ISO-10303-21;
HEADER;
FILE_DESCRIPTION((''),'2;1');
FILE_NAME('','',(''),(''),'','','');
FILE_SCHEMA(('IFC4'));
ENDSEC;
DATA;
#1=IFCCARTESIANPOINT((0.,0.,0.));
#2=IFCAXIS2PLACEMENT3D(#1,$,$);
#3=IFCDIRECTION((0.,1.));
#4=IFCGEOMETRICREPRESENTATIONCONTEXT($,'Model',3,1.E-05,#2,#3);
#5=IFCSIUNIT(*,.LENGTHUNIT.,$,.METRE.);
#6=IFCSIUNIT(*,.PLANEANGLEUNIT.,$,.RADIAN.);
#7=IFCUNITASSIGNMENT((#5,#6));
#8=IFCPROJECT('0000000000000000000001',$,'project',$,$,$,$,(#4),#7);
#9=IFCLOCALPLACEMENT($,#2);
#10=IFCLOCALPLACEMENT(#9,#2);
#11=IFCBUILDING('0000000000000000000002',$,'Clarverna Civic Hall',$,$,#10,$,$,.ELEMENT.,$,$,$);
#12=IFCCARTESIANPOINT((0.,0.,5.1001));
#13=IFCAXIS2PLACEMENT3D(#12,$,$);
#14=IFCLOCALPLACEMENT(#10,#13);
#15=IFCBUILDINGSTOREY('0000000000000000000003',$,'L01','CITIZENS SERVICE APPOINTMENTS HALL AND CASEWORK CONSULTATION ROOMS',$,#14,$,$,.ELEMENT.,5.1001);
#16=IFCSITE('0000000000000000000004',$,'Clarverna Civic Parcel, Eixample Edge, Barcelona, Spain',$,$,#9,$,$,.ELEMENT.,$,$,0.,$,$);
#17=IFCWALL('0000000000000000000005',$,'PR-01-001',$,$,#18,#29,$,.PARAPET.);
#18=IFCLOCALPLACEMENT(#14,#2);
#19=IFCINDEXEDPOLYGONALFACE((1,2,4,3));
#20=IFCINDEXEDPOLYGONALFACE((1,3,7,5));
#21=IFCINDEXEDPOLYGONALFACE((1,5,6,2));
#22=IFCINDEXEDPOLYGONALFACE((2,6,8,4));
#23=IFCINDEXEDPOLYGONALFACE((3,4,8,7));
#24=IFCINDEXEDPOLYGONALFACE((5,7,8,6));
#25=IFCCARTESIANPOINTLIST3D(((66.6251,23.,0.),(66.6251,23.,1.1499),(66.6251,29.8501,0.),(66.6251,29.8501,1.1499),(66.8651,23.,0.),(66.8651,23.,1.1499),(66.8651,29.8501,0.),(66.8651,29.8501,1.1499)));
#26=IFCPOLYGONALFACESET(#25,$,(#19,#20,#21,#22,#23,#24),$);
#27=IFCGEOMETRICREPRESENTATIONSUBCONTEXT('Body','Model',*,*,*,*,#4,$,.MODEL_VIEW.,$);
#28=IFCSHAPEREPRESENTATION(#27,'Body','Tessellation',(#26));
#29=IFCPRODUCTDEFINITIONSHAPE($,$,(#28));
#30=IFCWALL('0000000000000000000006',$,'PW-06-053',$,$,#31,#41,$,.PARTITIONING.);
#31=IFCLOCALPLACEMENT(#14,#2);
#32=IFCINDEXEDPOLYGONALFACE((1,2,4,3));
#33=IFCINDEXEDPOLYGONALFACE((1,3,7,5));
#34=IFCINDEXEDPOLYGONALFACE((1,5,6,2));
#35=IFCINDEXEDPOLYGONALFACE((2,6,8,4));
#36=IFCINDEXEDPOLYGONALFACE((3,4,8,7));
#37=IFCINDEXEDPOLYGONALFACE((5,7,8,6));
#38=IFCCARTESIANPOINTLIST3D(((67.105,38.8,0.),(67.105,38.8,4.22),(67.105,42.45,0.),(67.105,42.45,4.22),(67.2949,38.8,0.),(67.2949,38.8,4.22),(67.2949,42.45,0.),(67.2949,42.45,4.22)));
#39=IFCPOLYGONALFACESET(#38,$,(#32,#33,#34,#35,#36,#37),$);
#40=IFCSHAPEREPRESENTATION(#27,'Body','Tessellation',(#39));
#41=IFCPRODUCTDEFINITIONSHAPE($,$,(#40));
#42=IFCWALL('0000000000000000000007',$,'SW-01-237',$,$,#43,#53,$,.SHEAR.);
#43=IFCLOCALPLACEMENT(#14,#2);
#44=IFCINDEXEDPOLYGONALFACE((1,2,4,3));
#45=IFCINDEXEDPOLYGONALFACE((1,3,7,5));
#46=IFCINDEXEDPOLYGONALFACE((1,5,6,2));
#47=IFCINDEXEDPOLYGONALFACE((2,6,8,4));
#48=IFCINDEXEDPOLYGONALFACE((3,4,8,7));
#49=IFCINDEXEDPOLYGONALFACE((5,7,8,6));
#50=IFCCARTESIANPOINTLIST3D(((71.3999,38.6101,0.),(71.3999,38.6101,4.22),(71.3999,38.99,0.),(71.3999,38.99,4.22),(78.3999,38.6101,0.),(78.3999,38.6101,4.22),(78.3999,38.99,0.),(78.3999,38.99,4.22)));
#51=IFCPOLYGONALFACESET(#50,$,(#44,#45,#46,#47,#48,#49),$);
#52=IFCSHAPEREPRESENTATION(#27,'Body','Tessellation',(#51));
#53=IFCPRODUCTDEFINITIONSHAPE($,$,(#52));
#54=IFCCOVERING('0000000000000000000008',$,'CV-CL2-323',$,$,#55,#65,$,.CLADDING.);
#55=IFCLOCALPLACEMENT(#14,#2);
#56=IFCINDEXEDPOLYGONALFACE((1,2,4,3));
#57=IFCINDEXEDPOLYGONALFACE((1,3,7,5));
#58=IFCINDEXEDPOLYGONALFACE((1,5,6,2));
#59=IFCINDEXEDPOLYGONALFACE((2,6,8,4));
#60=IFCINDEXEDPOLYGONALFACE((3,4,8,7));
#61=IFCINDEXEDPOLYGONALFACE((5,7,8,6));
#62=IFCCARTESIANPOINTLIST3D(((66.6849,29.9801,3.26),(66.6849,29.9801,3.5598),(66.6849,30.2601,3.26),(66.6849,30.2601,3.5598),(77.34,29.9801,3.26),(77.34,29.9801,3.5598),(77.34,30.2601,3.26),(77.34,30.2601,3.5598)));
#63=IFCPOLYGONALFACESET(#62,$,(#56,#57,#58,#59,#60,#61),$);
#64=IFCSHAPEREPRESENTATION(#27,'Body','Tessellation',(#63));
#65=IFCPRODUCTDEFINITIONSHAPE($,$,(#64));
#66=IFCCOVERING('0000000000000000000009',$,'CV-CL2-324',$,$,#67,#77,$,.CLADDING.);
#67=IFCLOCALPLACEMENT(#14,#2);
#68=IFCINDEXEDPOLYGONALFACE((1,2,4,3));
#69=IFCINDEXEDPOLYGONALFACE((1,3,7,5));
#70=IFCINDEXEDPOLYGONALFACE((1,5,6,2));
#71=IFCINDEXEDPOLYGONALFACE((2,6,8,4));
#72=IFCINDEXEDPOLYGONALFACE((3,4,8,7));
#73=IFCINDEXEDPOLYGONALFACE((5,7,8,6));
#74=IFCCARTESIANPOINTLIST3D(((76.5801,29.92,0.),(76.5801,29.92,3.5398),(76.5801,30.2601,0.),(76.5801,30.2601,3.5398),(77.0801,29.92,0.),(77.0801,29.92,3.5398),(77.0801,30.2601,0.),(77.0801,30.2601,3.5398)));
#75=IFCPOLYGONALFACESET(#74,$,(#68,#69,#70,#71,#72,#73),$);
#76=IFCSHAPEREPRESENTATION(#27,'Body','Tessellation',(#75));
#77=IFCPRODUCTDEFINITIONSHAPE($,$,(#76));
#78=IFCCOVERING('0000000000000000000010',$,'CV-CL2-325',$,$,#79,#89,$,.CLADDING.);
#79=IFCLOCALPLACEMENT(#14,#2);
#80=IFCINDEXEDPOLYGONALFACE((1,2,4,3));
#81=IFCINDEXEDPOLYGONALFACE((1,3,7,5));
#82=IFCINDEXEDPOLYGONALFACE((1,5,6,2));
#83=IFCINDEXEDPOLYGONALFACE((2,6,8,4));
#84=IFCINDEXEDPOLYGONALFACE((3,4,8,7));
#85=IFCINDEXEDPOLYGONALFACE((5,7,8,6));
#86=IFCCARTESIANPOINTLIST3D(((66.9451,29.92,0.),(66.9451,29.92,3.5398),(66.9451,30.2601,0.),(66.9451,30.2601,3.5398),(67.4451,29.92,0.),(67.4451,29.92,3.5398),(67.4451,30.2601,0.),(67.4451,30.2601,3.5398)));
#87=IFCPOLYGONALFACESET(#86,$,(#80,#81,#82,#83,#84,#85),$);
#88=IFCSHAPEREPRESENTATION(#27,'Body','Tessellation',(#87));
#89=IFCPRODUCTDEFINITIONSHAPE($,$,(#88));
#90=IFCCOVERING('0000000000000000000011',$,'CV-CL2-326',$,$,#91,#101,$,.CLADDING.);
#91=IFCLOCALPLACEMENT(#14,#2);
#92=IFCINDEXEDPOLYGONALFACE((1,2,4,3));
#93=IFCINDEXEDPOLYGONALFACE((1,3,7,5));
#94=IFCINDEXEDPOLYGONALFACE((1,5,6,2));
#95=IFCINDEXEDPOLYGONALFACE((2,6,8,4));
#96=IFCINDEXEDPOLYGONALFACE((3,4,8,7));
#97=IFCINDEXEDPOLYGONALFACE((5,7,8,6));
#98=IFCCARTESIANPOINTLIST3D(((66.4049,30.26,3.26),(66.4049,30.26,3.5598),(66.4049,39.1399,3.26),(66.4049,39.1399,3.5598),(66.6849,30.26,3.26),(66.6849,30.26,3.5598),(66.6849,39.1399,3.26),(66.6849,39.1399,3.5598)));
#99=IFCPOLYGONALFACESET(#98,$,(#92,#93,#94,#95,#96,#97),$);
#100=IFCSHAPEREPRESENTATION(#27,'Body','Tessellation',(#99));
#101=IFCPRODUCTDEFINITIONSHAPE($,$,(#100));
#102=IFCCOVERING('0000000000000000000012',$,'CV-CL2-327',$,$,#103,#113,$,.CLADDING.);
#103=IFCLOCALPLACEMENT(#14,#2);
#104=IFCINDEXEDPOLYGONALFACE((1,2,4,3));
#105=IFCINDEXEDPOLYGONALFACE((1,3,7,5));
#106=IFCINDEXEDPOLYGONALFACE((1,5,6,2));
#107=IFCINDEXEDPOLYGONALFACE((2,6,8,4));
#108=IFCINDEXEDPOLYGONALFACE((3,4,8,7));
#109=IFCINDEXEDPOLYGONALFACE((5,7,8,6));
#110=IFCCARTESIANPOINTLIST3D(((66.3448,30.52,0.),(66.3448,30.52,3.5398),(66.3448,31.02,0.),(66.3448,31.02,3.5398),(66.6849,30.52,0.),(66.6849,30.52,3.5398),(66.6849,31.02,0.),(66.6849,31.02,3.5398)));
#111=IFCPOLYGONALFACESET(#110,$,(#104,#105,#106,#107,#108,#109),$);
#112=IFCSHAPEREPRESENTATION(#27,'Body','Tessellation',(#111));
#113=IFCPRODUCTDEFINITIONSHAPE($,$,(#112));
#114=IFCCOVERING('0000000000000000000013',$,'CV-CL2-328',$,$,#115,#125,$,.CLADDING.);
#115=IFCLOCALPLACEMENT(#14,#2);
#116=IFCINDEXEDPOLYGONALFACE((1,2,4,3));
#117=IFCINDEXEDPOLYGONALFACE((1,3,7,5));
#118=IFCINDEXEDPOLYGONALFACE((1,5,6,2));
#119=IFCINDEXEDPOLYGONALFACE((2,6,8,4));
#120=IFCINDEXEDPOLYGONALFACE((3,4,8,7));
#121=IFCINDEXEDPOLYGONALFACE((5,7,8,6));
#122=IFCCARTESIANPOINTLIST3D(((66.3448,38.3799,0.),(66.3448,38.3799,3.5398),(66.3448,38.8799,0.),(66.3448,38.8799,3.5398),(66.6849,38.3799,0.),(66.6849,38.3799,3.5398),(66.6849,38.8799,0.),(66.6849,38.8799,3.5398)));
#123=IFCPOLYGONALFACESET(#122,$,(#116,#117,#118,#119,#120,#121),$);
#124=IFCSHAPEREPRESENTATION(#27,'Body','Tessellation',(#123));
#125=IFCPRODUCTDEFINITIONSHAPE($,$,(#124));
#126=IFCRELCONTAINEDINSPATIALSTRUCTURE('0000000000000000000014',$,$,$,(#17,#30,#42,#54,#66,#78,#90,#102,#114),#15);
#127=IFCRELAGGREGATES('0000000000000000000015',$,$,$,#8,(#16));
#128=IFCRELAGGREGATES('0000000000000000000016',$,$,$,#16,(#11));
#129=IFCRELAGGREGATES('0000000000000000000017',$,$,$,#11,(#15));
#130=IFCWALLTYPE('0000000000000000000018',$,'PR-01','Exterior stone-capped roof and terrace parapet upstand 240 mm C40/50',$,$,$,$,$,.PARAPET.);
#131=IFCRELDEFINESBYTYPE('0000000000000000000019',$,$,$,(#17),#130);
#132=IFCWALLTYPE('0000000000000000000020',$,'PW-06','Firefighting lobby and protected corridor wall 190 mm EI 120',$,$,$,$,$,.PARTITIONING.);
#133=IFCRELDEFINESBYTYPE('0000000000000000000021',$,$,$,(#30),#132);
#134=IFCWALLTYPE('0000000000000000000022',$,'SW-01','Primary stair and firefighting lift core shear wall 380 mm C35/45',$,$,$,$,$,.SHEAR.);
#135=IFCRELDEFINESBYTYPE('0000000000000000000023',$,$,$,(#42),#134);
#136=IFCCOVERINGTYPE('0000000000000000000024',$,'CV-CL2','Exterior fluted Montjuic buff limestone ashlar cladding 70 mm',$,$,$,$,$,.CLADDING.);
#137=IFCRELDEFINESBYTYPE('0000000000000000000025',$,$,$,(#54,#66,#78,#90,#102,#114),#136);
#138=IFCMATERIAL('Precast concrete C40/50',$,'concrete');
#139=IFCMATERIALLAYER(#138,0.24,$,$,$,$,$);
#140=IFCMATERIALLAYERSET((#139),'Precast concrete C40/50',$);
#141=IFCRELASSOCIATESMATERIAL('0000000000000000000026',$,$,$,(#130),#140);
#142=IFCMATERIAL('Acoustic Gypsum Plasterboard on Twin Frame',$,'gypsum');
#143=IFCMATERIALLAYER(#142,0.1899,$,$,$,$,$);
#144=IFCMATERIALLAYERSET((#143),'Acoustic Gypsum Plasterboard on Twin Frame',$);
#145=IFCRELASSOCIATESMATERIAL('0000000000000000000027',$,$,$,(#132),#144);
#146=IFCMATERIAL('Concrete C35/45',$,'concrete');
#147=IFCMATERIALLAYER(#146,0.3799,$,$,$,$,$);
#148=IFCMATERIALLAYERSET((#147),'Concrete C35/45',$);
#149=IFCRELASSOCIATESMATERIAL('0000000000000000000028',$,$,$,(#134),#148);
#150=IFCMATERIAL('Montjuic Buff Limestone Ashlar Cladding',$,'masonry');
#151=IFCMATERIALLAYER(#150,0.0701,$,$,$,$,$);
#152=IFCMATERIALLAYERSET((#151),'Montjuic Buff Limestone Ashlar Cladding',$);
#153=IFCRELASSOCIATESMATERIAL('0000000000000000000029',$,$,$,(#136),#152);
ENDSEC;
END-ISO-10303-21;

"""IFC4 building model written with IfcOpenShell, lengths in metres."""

from ifc_helpers import new_model, si_unit, direction, frame, frame_2d, origin, place, context, subcontext, project, spatial, rectangle, extrude, material, layer, layer_set, type_object, element, save


model = new_model("IFC4")

# Units and contexts
model_context = context("Model", 3, precision=1e-05, world=origin(), true_north=direction((0.0, 1.0)))
body_context = subcontext(model_context, "Body", "Model", "MODEL_VIEW")
ifc_project = project(units=[si_unit("LENGTHUNIT", "METRE"), si_unit("PLANEANGLEUNIT", "RADIAN")], contexts=[model_context])

# Site, building, storey
site_placement = place(None, origin())
site = spatial("IfcSite", under=ifc_project, at=site_placement, Name="Clarverna Civic Parcel, Eixample Edge, Barcelona, Spain", CompositionType="ELEMENT", RefElevation=0.0)
building_placement = place(site_placement, origin())
building = spatial("IfcBuilding", under=site, at=building_placement, Name="Clarverna Civic Hall", CompositionType="ELEMENT")
storey_placement = place(building_placement, frame((0.0, 0.0, 5.1001)))
storey = spatial("IfcBuildingStorey", under=building, at=storey_placement, Name="L01", Description="CITIZENS SERVICE APPOINTMENTS HALL AND CASEWORK CONSULTATION ROOMS", CompositionType="ELEMENT", Elevation=5.1001)

# Shared definitions
ifc_material_1 = material(Name="Concrete C35/45", Category="concrete")

# Walls
ifc_material_2 = material(Name="Precast concrete C40/50", Category="concrete")
ifc_layer_1 = layer(ifc_material_2, 0.24)
ifc_layer_set_1 = layer_set([ifc_layer_1], Name="Precast concrete C40/50")
wall_type_1 = type_object("IfcWallType", Name="PR-01", Description="Exterior stone-capped roof and terrace parapet upstand 240 mm C40/50", PredefinedType="PARAPET", material=ifc_layer_set_1)
wall_1_placement = place(storey_placement, frame((66.7451, 23.0, 0.0), z_axis=(0.0, 0.0, 1.0), x_axis=(0.0, 1.0, 0.0)))
element("IfcWall", 1, at=wall_1_placement, inside=storey, type_object=wall_type_1, Name="PR-01-001", PredefinedType="PARAPET", context=body_context, shape_type="SweptSolid", body=[
    extrude(rectangle(XDim=6.8501, YDim=0.24, at=frame_2d((3.425, 0.0))), origin(), (0.0, 0.0, 1.0), 1.1499),
])
ifc_material_3 = material(Name="Acoustic Gypsum Plasterboard on Twin Frame", Category="gypsum")
ifc_layer_2 = layer(ifc_material_3, 0.1899)
ifc_layer_set_2 = layer_set([ifc_layer_2], Name="Acoustic Gypsum Plasterboard on Twin Frame")
wall_type_2 = type_object("IfcWallType", Name="PW-06", Description="Firefighting lobby and protected corridor wall 190 mm EI 120", PredefinedType="PARTITIONING", material=ifc_layer_set_2)
wall_2_placement = place(storey_placement, frame((67.2, 38.8, 0.0), z_axis=(0.0, 0.0, 1.0), x_axis=(0.0, 1.0, 0.0)))
element("IfcWall", 2, at=wall_2_placement, inside=storey, type_object=wall_type_2, Name="PW-06-053", PredefinedType="PARTITIONING", context=body_context, shape_type="SweptSolid", body=[
    extrude(rectangle(XDim=3.6499, YDim=0.1899, at=frame_2d((1.825, 0.0))), origin(), (0.0, 0.0, 1.0), 4.22),
])

# Shared definitions
ifc_layer_3 = layer(ifc_material_1, 0.3799)
ifc_layer_set_3 = layer_set([ifc_layer_3], Name="Concrete C35/45")
wall_type_3 = type_object("IfcWallType", Name="SW-01", Description="Primary stair and firefighting lift core shear wall 380 mm C35/45", PredefinedType="SHEAR", material=ifc_layer_set_3)

# Wall
wall_3_placement = place(storey_placement, frame((71.3999, 38.8, 0.0), z_axis=(0.0, 0.0, 1.0), x_axis=(1.0, 0.0, 0.0)))
element("IfcWall", 3, at=wall_3_placement, inside=storey, type_object=wall_type_3, Name="SW-01-237", PredefinedType="SHEAR", context=body_context, shape_type="SweptSolid", body=[
    extrude(rectangle(XDim=7.0, YDim=0.3799, at=frame_2d((3.5, 0.0))), origin(), (0.0, 0.0, 1.0), 4.22),
])

# Coverings
ifc_material_4 = material(Name="Montjuic Buff Limestone Ashlar Cladding", Category="masonry")
ifc_layer_4 = layer(ifc_material_4, 0.0701)
ifc_layer_set_4 = layer_set([ifc_layer_4], Name="Montjuic Buff Limestone Ashlar Cladding")
covering_type = type_object("IfcCoveringType", Name="CV-CL2", Description="Exterior fluted Montjuic buff limestone ashlar cladding 70 mm", PredefinedType="CLADDING", material=ifc_layer_set_4)
covering_1_placement = place(storey_placement, frame((77.3401, 30.1201, 3.26), z_axis=(0.0, 0.0, 1.0), x_axis=(-1.0, 0.0, 0.0)))
element("IfcCovering", 4, at=covering_1_placement, inside=storey, type_object=covering_type, Name="CV-CL2-323", PredefinedType="CLADDING", context=body_context, shape_type="SweptSolid", body=[
    extrude(rectangle(XDim=10.655, YDim=0.28, at=frame_2d((5.3276, 0.0))), origin(), (0.0, 0.0, 1.0), 0.2998),
])
for number, where, z_axis, x_axis, name in (
    (5, (77.0801, 30.0901, 0.0), (0.0, 0.0, 1.0), (-1.0, 0.0, 0.0), "CV-CL2-324"),
    (6, (67.4451, 30.0901, 0.0), (0.0, 0.0, 1.0), (-1.0, 0.0, 0.0), "CV-CL2-325"),
):
    element("IfcCovering", number, at=place(storey_placement, frame(where, z_axis=z_axis, x_axis=x_axis)), inside=storey, type_object=covering_type, Name=name, PredefinedType="CLADDING", context=body_context, shape_type="SweptSolid", body=[
        extrude(rectangle(XDim=0.5, YDim=0.3401, at=frame_2d((0.25, 0.0))), origin(), (0.0, 0.0, 1.0), 3.5398),
    ])
covering_2_placement = place(storey_placement, frame((66.5449, 30.26, 3.26), z_axis=(0.0, 0.0, 1.0), x_axis=(0.0, 1.0, 0.0)))
element("IfcCovering", 7, at=covering_2_placement, inside=storey, type_object=covering_type, Name="CV-CL2-326", PredefinedType="CLADDING", context=body_context, shape_type="SweptSolid", body=[
    extrude(rectangle(XDim=8.8799, YDim=0.28, at=frame_2d((4.4399, 0.0))), origin(), (0.0, 0.0, 1.0), 0.2998),
])
for number, where, z_axis, x_axis, name in (
    (8, (66.5149, 30.52, 0.0), (0.0, 0.0, 1.0), (0.0, 1.0, 0.0), "CV-CL2-327"),
    (9, (66.5149, 38.3799, 0.0), (0.0, 0.0, 1.0), (0.0, 1.0, 0.0), "CV-CL2-328"),
):
    element("IfcCovering", number, at=place(storey_placement, frame(where, z_axis=z_axis, x_axis=x_axis)), inside=storey, type_object=covering_type, Name=name, PredefinedType="CLADDING", context=body_context, shape_type="SweptSolid", body=[
        extrude(rectangle(XDim=0.5, YDim=0.3401, at=frame_2d((0.25, 0.0))), origin(), (0.0, 0.0, 1.0), 3.5398),
    ])

save(model, "model.ifc")
